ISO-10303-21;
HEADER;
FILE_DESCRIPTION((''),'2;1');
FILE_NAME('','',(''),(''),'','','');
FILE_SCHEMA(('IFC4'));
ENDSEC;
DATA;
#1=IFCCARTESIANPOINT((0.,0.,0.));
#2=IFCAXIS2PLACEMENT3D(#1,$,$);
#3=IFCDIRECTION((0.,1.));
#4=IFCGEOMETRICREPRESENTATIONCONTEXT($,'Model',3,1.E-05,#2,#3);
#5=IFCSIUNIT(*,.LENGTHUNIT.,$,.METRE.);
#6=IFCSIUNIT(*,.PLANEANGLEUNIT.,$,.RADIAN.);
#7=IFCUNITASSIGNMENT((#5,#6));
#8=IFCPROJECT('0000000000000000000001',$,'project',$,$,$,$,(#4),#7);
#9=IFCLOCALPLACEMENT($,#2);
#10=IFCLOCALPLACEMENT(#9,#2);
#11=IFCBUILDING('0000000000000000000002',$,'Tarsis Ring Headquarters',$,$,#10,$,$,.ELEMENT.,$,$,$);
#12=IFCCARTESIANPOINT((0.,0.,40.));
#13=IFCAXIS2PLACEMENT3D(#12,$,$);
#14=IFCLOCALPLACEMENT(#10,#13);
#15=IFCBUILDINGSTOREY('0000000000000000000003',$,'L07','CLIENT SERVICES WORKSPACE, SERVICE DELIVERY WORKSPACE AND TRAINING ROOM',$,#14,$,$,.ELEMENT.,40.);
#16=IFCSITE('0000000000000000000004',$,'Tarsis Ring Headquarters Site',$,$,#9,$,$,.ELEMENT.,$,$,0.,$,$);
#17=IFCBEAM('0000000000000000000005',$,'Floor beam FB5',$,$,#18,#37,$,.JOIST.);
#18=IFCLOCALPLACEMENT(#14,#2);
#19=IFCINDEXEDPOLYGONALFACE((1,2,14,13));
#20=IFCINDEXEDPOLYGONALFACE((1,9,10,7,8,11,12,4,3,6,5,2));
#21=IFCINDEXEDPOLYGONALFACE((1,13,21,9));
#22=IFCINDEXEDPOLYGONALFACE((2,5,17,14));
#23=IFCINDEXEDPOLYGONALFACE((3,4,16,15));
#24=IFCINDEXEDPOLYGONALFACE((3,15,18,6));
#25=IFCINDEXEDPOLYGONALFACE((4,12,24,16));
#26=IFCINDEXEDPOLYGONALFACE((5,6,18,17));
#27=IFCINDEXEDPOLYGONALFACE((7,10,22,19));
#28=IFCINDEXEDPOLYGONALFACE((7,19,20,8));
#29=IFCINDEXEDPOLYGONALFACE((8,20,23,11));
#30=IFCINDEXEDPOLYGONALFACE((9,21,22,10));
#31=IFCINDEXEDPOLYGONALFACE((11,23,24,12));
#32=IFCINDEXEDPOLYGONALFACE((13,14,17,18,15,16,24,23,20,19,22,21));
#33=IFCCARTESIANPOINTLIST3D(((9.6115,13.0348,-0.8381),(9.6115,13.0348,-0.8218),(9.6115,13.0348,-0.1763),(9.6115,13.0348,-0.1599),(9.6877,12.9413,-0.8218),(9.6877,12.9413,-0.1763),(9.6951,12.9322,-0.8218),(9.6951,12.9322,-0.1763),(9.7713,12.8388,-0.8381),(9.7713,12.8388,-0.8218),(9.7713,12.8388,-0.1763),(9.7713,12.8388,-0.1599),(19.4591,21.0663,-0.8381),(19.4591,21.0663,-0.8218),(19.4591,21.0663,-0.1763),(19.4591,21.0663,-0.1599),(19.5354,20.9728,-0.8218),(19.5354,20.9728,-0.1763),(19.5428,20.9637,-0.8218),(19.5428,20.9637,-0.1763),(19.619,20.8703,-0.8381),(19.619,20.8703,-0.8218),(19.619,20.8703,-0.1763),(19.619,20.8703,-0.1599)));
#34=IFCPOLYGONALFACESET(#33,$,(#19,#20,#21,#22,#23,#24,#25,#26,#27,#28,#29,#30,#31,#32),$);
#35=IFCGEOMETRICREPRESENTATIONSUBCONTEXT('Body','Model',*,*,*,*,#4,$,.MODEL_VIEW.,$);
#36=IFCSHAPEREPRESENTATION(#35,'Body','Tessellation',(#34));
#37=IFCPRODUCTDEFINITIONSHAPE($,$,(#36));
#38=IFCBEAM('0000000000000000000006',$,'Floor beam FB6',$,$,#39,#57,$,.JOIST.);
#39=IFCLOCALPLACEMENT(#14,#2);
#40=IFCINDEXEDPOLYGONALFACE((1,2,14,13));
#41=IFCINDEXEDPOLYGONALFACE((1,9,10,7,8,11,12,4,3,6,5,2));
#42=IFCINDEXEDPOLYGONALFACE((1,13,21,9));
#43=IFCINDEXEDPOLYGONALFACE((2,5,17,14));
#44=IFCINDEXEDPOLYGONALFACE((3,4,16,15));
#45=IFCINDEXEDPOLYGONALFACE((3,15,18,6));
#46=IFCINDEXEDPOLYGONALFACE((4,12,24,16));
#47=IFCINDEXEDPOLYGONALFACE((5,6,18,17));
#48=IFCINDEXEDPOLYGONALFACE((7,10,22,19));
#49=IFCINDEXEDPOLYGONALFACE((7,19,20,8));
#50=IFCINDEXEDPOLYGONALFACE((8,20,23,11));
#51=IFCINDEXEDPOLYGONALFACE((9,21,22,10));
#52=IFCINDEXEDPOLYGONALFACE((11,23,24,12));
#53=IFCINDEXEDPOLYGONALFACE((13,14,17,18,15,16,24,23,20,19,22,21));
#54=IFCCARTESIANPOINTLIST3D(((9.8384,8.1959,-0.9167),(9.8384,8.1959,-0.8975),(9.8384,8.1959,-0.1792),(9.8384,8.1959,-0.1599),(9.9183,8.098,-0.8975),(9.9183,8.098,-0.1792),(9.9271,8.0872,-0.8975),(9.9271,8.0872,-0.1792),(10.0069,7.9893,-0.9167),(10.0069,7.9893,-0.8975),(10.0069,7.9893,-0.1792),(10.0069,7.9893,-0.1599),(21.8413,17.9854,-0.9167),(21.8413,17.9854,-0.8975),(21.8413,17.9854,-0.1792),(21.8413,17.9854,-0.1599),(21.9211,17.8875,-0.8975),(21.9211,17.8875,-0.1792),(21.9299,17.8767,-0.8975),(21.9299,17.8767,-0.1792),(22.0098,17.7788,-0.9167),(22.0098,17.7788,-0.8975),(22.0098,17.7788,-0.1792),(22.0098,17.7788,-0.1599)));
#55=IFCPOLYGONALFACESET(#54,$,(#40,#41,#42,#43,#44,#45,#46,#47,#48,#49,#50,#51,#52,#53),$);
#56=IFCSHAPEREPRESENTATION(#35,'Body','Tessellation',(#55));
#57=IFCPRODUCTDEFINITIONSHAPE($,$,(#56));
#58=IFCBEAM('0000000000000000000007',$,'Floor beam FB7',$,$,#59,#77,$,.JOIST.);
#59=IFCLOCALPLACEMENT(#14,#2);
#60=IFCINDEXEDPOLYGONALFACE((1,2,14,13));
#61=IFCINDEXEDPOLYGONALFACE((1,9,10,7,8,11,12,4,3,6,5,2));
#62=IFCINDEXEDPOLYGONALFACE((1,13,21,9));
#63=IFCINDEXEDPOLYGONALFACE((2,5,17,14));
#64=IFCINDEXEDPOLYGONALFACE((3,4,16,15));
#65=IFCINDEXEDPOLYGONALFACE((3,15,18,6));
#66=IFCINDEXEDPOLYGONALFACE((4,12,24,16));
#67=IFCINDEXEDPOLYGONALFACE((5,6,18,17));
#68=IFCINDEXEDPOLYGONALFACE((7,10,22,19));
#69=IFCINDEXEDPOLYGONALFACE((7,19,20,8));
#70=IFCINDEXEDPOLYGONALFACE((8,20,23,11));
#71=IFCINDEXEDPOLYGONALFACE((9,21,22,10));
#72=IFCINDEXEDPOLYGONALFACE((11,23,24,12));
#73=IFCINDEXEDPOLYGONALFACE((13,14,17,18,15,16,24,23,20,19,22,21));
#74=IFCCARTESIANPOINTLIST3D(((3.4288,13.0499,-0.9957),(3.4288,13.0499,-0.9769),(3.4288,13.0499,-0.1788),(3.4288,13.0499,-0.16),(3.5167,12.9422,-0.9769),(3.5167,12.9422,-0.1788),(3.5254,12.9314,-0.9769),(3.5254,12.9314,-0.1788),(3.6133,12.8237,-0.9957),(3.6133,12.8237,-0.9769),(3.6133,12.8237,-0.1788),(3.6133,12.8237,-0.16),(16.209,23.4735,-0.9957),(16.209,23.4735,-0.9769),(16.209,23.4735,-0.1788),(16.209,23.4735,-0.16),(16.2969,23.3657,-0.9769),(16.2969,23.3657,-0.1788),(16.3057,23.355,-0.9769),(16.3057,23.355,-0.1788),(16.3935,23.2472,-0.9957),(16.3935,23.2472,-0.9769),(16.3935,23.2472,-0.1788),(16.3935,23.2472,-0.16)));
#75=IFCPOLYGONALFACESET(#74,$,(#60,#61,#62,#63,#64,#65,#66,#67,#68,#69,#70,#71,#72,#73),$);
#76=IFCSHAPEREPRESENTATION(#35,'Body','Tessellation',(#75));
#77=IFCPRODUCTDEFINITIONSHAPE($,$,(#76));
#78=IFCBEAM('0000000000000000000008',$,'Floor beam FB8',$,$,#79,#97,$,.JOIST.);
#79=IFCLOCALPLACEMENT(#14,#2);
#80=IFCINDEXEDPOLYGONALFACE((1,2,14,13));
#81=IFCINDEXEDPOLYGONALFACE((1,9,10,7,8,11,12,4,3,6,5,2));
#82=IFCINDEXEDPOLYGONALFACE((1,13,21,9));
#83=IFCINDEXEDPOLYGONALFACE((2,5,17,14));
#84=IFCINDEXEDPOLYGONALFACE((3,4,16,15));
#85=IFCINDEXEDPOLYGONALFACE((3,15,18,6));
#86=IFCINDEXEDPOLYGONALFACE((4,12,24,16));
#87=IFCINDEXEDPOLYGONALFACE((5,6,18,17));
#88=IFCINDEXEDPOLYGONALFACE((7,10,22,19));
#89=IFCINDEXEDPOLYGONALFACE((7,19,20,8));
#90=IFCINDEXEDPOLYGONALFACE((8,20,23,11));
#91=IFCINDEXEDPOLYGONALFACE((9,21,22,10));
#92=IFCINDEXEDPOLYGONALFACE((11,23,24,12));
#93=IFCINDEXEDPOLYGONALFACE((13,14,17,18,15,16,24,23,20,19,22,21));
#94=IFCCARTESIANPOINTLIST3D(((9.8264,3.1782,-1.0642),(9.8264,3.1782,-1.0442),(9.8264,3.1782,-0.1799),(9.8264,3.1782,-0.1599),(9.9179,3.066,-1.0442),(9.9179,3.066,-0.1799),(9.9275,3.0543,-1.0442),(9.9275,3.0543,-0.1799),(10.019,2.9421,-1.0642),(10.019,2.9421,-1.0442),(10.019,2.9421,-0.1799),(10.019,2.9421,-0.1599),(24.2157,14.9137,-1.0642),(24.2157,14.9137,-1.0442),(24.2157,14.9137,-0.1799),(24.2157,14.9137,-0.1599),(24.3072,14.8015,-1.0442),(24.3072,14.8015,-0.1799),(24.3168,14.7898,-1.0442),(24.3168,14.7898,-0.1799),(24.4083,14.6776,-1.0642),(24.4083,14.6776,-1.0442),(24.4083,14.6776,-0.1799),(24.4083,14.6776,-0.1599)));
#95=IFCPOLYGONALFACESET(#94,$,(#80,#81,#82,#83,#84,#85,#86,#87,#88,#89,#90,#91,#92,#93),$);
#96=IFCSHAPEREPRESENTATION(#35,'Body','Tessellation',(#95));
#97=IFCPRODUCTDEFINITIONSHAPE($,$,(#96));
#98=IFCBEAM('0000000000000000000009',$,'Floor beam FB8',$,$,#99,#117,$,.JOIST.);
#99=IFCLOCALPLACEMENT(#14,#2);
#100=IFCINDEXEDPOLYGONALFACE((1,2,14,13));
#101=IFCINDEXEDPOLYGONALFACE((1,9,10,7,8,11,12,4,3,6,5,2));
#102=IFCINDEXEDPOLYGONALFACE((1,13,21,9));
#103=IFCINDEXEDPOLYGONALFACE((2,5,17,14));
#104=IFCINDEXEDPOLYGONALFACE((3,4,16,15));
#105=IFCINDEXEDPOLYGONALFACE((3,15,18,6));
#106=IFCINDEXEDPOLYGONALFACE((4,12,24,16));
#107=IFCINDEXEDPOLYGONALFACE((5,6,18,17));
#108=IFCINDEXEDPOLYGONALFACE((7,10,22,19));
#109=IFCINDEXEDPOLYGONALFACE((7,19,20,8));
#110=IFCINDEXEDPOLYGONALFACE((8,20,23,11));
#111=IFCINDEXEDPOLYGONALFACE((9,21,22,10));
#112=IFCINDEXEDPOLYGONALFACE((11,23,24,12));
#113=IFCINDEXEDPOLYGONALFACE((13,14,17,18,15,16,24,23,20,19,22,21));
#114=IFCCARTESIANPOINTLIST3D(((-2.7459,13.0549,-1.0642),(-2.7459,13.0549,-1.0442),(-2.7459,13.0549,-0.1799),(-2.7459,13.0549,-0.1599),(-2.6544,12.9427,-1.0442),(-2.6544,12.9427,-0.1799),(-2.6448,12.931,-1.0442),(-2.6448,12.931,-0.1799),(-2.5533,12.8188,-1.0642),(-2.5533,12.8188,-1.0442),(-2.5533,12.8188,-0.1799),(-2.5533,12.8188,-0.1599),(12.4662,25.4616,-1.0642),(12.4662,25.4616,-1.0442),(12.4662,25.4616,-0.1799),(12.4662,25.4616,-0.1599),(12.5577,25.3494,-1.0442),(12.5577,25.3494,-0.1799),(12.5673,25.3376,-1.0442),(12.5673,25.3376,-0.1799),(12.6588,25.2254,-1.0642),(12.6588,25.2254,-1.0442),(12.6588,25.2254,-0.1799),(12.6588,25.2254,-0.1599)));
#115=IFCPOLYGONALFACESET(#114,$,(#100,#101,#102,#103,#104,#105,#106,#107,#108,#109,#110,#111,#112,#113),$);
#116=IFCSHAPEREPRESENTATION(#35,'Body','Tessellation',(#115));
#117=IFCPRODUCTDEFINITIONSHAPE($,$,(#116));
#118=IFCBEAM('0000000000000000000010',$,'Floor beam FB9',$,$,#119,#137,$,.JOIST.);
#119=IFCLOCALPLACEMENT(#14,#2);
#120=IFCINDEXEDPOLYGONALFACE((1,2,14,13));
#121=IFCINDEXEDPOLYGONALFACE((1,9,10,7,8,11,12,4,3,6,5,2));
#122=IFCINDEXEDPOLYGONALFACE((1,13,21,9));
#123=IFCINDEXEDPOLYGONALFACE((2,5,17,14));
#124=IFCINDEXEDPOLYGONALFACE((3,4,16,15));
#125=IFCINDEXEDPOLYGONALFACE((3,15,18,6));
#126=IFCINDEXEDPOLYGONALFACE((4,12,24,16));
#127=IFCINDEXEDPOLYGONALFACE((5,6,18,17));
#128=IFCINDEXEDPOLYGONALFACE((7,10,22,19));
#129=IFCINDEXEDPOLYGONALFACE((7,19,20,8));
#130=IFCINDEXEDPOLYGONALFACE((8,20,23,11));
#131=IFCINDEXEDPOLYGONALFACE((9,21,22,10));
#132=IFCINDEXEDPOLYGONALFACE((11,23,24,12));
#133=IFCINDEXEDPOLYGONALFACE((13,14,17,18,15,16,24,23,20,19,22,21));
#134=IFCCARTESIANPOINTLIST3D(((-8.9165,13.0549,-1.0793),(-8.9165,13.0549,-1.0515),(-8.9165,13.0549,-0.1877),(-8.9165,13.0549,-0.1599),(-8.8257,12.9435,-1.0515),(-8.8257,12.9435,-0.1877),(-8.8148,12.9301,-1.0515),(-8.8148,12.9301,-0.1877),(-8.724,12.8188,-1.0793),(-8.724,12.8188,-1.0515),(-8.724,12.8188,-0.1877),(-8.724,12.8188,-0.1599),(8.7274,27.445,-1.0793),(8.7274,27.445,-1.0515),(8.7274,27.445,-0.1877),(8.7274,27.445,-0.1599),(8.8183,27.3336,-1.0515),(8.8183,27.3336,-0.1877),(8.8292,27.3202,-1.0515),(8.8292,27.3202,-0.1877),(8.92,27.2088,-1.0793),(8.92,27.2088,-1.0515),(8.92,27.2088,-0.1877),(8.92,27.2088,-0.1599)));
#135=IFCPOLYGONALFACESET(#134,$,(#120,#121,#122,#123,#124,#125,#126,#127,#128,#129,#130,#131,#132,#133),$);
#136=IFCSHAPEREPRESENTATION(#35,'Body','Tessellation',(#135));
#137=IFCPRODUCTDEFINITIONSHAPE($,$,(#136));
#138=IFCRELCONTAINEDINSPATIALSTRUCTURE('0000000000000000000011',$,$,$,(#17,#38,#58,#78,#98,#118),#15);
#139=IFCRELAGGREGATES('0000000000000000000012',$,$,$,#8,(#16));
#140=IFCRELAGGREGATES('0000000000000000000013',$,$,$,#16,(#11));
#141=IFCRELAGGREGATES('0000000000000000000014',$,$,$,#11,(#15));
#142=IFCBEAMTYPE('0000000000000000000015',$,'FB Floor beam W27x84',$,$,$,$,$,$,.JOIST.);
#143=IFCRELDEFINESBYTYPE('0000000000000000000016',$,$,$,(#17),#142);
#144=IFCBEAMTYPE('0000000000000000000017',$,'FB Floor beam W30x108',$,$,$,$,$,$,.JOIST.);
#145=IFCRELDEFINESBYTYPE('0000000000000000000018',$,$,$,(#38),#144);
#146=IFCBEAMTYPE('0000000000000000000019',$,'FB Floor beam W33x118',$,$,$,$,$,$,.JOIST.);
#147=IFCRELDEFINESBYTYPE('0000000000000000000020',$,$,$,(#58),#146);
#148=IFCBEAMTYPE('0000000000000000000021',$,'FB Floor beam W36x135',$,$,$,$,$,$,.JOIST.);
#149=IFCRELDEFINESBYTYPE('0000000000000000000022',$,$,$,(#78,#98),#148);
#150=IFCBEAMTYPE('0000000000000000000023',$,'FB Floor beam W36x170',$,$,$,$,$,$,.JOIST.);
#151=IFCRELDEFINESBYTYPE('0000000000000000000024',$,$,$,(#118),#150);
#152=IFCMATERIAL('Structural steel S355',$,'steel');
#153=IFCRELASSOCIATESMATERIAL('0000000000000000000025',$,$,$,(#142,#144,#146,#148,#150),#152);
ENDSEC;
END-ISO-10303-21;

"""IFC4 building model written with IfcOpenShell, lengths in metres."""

from ifc_helpers import new_model, si_unit, direction, frame, origin, origin_2d, place, context, subcontext, project, spatial, i_section, extrude, material, material_profile, profile_set, type_object, element, save


model = new_model("IFC4")

# Units and contexts
model_context = context("Model", 3, precision=1e-05, world=origin(), true_north=direction((0.0, 1.0)))
body_context = subcontext(model_context, "Body", "Model", "MODEL_VIEW")
ifc_project = project(units=[si_unit("LENGTHUNIT", "METRE"), si_unit("PLANEANGLEUNIT", "RADIAN")], contexts=[model_context])

# Site, building, storey
site_placement = place(None, origin())
site = spatial("IfcSite", under=ifc_project, at=site_placement, Name="Tarsis Ring Headquarters Site", CompositionType="ELEMENT", RefElevation=0.0)
building_placement = place(site_placement, origin())
building = spatial("IfcBuilding", under=site, at=building_placement, Name="Tarsis Ring Headquarters", CompositionType="ELEMENT")
storey_placement = place(building_placement, frame((0.0, 0.0, 40.0)))
storey = spatial("IfcBuildingStorey", under=building, at=storey_placement, Name="L07", Description="CLIENT SERVICES WORKSPACE, SERVICE DELIVERY WORKSPACE AND TRAINING ROOM", CompositionType="ELEMENT", Elevation=40.0)

# Beams
ifc_material_1 = material(Name="Structural steel S355", Category="steel")
ifc_material_profile_1 = material_profile(ifc_material_1, i_section(OverallWidth=0.2529, OverallDepth=0.6782, WebThickness=0.0117, FlangeThickness=0.0164, at=origin_2d()), Name="W27x84")
ifc_profile_set_1 = profile_set([ifc_material_profile_1], Name="Structural steel S355")
beam_type_1 = type_object("IfcBeamType", Name="FB Floor beam W27x84", PredefinedType="JOIST", material=ifc_profile_set_1)
beam_1_placement = place(storey_placement, frame((19.5391, 20.9683, -0.499), z_axis=(-0.774947, -0.632027, 0.0), x_axis=(0.632027, -0.774947, 0.0)))
element("IfcBeam", 1, at=beam_1_placement, inside=storey, type_object=beam_type_1, Name="Floor beam FB5", PredefinedType="JOIST", context=body_context, shape_type="SweptSolid", body=[
    extrude(i_section(OverallWidth=0.2529, OverallDepth=0.6782, WebThickness=0.0117, FlangeThickness=0.0164, at=origin_2d()), origin(), (0.0, 0.0, 1.0), 12.7075),
])
ifc_material_profile_2 = material_profile(ifc_material_1, i_section(OverallWidth=0.2666, OverallDepth=0.7568, WebThickness=0.0139, FlangeThickness=0.0193, at=origin_2d()), Name="W30x108")
ifc_profile_set_2 = profile_set([ifc_material_profile_2], Name="Structural steel S355")
beam_type_2 = type_object("IfcBeamType", Name="FB Floor beam W30x108", PredefinedType="JOIST", material=ifc_profile_set_2)
beam_2_placement = place(storey_placement, frame((21.9255, 17.8821, -0.5383), z_axis=(-0.774938, -0.632037, 0.0), x_axis=(0.632037, -0.774938, 0.0)))
element("IfcBeam", 2, at=beam_2_placement, inside=storey, type_object=beam_type_2, Name="Floor beam FB6", PredefinedType="JOIST", context=body_context, shape_type="SweptSolid", body=[
    extrude(i_section(OverallWidth=0.2666, OverallDepth=0.7568, WebThickness=0.0139, FlangeThickness=0.0193, at=origin_2d()), origin(), (0.0, 0.0, 1.0), 15.4888),
])
ifc_material_profile_3 = material_profile(ifc_material_1, i_section(OverallWidth=0.292, OverallDepth=0.8357, WebThickness=0.0139, FlangeThickness=0.0188, at=origin_2d()), Name="W33x118")
ifc_profile_set_3 = profile_set([ifc_material_profile_3], Name="Structural steel S355")
beam_type_3 = type_object("IfcBeamType", Name="FB Floor beam W33x118", PredefinedType="JOIST", material=ifc_profile_set_3)
beam_3_placement = place(storey_placement, frame((16.3013, 23.3604, -0.5779), z_axis=(-0.774937, -0.632038, 0.0), x_axis=(0.632038, -0.774937, 0.0)))
element("IfcBeam", 3, at=beam_3_placement, inside=storey, type_object=beam_type_3, Name="Floor beam FB7", PredefinedType="JOIST", context=body_context, shape_type="SweptSolid", body=[
    extrude(i_section(OverallWidth=0.292, OverallDepth=0.8357, WebThickness=0.0139, FlangeThickness=0.0188, at=origin_2d()), origin(), (0.0, 0.0, 1.0), 16.4919),
])
ifc_material_profile_4 = material_profile(ifc_material_1, i_section(OverallWidth=0.3047, OverallDepth=0.9043, WebThickness=0.0151, FlangeThickness=0.02, at=origin_2d()), Name="W36x135")
ifc_profile_set_4 = profile_set([ifc_material_profile_4], Name="Structural steel S355")
beam_type_4 = type_object("IfcBeamType", Name="FB Floor beam W36x135", PredefinedType="JOIST", material=ifc_profile_set_4)
beam_4_placement = place(storey_placement, frame((24.312, 14.7957, -0.6121), z_axis=(-0.774948, -0.632026, 0.0), x_axis=(0.632026, -0.774948, 0.0)))
element("IfcBeam", 4, at=beam_4_placement, inside=storey, type_object=beam_type_4, Name="Floor beam FB8", PredefinedType="JOIST", context=body_context, shape_type="SweptSolid", body=[
    extrude(i_section(OverallWidth=0.3047, OverallDepth=0.9043, WebThickness=0.0151, FlangeThickness=0.02, at=origin_2d()), origin(), (0.0, 0.0, 1.0), 18.5681),
])
beam_5_placement = place(storey_placement, frame((12.5625, 25.3435, -0.6121), z_axis=(-0.774944, -0.632029, 0.0), x_axis=(0.632029, -0.774944, 0.0)))
element("IfcBeam", 5, at=beam_5_placement, inside=storey, type_object=beam_type_4, Name="Floor beam FB8", PredefinedType="JOIST", context=body_context, shape_type="SweptSolid", body=[
    extrude(i_section(OverallWidth=0.3047, OverallDepth=0.9043, WebThickness=0.0151, FlangeThickness=0.02, at=origin_2d()), origin(), (0.0, 0.0, 1.0), 19.6299),
])
ifc_material_profile_5 = material_profile(ifc_material_1, i_section(OverallWidth=0.3047, OverallDepth=0.9194, WebThickness=0.0173, FlangeThickness=0.0278, at=origin_2d()), Name="W36x170")
ifc_profile_set_5 = profile_set([ifc_material_profile_5], Name="Structural steel S355")
beam_type_5 = type_object("IfcBeamType", Name="FB Floor beam W36x170", PredefinedType="JOIST", material=ifc_profile_set_5)
beam_6_placement = place(storey_placement, frame((8.8237, 27.3269, -0.6196), z_axis=(-0.774944, -0.632029, 0.0), x_axis=(0.632029, -0.774944, 0.0)))
element("IfcBeam", 6, at=beam_6_placement, inside=storey, type_object=beam_type_5, Name="Floor beam FB9", PredefinedType="JOIST", context=body_context, shape_type="SweptSolid", body=[
    extrude(i_section(OverallWidth=0.3047, OverallDepth=0.9194, WebThickness=0.0173, FlangeThickness=0.0278, at=origin_2d()), origin(), (0.0, 0.0, 1.0), 22.7681),
])

save(model, "model.ifc")
